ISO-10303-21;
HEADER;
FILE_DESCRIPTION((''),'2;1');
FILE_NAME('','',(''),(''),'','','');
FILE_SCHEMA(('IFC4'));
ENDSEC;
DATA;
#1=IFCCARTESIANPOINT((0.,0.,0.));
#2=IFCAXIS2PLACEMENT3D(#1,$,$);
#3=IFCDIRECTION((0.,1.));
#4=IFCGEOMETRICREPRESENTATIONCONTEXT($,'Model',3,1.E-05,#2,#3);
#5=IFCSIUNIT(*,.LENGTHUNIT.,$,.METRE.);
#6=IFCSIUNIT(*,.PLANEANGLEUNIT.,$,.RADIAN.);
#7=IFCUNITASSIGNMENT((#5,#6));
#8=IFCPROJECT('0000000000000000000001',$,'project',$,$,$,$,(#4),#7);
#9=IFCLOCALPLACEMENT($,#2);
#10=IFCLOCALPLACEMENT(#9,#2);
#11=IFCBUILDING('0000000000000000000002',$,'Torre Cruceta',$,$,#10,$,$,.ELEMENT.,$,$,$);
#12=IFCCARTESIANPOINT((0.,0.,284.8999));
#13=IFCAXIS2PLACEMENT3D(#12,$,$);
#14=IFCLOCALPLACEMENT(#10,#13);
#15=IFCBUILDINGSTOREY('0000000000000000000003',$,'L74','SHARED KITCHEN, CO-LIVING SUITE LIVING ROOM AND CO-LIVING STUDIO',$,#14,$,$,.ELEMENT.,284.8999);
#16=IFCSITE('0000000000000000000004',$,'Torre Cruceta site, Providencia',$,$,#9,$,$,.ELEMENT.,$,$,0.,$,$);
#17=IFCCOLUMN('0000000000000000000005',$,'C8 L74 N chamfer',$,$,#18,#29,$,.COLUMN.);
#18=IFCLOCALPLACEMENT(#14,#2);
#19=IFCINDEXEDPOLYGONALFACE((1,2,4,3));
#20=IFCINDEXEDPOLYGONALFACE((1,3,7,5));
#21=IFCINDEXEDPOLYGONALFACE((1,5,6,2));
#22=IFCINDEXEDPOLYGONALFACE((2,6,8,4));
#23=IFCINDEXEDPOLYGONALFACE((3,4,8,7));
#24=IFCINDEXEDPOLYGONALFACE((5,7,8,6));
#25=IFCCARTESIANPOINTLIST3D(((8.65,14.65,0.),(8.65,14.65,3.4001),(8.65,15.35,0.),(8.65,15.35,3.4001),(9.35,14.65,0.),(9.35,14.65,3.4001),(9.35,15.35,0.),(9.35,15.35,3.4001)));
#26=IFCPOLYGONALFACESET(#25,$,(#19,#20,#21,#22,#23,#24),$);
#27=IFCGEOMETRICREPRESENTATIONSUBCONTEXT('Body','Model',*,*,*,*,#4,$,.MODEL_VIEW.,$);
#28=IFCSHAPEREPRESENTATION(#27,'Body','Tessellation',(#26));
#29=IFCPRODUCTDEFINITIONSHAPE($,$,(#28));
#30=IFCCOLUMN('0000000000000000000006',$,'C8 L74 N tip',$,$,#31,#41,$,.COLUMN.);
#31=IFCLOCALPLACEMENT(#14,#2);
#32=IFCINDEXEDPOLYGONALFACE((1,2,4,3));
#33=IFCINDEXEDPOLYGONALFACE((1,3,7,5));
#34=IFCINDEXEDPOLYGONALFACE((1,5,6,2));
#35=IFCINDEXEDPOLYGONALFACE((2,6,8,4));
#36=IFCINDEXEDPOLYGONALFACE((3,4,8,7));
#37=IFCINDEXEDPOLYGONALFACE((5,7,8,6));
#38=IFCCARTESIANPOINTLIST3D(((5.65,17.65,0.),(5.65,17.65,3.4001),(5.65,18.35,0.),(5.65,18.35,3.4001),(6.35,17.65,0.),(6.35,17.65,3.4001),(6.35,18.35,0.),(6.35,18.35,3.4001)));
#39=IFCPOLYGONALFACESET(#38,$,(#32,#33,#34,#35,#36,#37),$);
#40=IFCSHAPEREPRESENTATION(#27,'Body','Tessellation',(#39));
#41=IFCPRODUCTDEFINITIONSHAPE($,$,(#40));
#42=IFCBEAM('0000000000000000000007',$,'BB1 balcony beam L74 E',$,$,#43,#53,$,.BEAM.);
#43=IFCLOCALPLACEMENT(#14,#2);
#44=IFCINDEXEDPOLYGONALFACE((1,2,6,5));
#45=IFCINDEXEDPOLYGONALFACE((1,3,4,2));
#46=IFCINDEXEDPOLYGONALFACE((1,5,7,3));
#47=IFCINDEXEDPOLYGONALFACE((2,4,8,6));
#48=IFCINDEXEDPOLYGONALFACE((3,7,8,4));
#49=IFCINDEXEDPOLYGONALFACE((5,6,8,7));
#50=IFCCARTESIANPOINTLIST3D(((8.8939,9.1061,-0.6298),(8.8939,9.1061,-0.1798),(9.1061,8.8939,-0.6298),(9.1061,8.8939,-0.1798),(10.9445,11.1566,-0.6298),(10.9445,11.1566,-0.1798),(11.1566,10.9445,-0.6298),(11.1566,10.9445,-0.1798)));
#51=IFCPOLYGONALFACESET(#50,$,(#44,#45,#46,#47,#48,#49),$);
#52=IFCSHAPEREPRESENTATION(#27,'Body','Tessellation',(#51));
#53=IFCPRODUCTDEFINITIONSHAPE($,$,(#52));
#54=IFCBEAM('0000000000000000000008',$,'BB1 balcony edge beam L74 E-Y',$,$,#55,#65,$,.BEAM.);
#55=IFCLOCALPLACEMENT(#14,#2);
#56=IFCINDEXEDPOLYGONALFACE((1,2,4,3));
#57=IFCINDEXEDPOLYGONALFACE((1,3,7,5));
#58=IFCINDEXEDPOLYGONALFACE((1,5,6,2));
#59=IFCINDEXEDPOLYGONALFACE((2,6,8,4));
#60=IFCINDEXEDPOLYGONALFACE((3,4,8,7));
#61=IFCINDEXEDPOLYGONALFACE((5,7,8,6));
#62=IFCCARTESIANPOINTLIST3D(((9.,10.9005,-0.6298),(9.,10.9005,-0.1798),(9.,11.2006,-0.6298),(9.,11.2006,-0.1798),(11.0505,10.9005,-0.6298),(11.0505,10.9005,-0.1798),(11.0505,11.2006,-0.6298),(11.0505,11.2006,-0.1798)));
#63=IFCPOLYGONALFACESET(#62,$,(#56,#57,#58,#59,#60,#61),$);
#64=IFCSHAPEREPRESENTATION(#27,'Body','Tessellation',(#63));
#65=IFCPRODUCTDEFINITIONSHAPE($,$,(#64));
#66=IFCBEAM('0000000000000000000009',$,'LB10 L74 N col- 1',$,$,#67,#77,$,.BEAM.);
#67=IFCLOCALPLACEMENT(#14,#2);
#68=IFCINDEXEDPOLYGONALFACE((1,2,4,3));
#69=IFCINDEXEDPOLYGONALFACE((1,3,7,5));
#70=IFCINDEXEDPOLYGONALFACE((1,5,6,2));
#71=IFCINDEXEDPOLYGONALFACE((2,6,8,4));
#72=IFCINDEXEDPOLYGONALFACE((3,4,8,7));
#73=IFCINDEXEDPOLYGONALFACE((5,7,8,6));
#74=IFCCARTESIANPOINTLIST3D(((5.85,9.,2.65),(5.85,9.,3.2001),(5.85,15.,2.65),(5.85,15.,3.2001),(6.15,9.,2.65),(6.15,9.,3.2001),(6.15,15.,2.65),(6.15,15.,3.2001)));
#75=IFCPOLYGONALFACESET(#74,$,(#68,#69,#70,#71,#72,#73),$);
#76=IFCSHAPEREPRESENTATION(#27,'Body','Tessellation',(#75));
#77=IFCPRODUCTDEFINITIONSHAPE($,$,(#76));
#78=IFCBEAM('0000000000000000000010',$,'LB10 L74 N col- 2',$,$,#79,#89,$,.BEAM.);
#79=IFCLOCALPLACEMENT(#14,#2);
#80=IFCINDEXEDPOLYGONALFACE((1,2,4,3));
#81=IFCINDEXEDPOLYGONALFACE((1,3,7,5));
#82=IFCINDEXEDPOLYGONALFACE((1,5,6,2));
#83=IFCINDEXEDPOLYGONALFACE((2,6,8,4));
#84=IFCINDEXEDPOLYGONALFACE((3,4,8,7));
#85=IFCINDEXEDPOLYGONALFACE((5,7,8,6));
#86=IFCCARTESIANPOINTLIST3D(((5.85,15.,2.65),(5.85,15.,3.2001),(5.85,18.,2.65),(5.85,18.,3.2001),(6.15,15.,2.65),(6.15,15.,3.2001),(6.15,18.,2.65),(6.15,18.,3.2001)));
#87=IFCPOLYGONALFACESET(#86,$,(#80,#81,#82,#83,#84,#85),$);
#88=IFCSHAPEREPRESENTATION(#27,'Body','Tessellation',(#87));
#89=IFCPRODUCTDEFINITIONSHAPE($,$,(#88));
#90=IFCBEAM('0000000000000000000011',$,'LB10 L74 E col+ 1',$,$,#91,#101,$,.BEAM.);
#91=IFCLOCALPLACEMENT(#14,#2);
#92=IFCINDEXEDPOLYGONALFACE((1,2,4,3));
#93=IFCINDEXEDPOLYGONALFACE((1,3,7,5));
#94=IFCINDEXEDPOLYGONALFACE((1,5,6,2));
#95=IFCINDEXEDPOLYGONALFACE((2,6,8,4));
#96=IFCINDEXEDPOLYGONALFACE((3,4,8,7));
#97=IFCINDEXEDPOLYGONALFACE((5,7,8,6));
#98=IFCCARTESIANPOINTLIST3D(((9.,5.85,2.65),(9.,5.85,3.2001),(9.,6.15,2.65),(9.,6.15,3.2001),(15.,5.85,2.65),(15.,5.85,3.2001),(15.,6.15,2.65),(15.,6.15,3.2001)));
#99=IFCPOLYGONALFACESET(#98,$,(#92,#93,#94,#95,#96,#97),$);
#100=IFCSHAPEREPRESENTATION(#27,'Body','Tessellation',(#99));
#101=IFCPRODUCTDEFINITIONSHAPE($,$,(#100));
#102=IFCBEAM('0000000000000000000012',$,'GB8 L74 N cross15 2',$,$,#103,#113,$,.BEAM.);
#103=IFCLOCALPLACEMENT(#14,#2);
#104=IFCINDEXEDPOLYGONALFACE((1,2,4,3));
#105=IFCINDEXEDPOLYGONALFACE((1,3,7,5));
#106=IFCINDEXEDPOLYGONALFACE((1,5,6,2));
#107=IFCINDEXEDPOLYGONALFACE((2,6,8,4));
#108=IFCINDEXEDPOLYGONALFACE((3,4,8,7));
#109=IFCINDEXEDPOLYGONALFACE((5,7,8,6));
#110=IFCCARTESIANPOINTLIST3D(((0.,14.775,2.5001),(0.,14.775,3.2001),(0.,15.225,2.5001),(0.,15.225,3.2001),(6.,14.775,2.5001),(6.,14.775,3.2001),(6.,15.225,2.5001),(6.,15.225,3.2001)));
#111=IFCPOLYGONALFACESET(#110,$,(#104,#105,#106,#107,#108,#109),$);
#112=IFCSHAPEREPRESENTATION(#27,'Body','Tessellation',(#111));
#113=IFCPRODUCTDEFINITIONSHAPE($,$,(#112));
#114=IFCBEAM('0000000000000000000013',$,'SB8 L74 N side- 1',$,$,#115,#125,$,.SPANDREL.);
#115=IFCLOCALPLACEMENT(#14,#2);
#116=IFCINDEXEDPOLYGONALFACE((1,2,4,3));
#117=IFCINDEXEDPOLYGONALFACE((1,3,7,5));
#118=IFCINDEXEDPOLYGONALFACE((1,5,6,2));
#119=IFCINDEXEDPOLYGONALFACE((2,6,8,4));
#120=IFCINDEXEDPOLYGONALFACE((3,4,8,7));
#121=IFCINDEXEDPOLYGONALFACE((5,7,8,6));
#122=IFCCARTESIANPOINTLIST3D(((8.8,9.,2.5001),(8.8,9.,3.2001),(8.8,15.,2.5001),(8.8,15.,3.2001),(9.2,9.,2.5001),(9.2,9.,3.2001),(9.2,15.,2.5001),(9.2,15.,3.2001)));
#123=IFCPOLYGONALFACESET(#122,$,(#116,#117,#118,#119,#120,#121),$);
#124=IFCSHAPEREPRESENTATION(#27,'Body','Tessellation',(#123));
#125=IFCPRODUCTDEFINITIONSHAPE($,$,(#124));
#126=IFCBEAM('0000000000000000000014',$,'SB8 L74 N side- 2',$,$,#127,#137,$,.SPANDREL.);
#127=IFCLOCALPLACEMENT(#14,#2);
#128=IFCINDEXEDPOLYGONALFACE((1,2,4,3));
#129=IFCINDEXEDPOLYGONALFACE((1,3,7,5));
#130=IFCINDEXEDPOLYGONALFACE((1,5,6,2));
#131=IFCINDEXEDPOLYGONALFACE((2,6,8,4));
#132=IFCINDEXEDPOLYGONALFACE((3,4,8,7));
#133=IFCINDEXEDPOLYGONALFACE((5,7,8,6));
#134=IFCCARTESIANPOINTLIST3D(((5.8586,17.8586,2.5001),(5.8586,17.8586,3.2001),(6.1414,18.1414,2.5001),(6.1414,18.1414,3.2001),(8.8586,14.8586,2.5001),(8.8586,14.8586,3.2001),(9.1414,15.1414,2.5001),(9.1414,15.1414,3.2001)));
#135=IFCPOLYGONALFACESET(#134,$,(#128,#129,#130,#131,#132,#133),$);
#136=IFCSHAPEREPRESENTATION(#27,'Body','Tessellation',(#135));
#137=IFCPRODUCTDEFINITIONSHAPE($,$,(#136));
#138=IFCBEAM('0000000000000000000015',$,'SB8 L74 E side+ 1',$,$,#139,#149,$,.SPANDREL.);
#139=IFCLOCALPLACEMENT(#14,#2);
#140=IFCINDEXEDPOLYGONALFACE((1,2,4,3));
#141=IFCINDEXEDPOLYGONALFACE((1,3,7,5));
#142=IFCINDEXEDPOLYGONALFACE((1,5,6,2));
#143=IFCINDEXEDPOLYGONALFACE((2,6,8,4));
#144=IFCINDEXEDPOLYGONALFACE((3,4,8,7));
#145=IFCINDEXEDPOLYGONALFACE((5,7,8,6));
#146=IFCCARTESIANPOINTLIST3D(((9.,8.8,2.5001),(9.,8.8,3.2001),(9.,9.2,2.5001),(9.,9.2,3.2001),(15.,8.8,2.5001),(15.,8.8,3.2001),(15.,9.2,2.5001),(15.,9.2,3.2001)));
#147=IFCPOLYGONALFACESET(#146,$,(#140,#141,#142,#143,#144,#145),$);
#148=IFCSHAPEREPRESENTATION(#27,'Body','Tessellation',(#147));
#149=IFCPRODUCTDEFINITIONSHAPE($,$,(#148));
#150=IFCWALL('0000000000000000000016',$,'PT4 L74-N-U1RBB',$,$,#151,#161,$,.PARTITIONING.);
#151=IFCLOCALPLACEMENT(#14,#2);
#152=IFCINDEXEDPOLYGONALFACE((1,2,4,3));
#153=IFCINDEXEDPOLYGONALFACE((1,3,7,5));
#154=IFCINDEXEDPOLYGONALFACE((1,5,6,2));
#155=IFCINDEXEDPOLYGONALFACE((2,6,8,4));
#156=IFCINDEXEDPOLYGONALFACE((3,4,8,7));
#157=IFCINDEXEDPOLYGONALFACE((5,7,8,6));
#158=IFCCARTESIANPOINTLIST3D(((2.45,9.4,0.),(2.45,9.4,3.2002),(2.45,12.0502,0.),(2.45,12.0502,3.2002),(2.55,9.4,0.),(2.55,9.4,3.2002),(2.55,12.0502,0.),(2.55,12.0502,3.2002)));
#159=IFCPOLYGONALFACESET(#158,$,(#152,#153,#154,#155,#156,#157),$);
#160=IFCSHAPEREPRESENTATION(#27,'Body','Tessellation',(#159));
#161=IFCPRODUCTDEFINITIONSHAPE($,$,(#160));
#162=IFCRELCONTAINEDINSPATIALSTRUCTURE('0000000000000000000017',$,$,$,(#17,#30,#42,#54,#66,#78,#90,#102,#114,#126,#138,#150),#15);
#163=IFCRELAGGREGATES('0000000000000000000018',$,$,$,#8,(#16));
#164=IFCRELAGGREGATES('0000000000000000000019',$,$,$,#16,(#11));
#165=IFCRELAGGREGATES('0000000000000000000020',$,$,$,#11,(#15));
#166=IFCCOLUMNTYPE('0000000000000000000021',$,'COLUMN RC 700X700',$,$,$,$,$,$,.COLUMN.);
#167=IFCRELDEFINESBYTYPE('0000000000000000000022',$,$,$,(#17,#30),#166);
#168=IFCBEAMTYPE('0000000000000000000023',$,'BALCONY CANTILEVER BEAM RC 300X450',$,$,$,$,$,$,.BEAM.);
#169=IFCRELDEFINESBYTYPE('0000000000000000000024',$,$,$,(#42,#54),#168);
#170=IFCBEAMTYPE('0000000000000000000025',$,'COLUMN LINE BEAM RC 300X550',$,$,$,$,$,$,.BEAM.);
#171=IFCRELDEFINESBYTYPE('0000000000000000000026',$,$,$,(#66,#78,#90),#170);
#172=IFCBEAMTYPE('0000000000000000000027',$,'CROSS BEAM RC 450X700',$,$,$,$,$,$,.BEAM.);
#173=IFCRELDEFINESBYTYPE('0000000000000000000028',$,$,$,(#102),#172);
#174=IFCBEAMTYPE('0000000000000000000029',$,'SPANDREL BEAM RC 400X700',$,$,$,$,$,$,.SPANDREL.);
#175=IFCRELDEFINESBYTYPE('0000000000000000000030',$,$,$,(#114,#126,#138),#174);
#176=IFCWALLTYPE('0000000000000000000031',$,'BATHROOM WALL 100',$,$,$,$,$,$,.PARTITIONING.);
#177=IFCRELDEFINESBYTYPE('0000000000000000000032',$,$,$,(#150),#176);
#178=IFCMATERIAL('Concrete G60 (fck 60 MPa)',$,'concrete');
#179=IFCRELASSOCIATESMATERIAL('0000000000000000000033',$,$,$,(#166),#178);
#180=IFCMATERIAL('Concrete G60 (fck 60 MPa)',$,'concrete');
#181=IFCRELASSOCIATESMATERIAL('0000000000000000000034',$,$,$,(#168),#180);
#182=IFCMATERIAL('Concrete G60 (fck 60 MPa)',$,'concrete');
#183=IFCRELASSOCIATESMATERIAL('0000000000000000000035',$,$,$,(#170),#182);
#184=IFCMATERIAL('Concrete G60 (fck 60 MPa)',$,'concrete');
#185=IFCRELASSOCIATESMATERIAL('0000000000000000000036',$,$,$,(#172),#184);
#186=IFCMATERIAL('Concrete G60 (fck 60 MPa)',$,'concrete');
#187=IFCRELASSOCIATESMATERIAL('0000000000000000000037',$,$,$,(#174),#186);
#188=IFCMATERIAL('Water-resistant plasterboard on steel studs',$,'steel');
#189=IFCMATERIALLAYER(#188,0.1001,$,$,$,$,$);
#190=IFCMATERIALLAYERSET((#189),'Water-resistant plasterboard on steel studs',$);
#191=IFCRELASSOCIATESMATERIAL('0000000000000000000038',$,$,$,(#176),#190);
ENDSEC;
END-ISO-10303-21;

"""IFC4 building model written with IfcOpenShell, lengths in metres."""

from ifc_helpers import new_model, si_unit, direction, frame, frame_2d, origin, origin_2d, place, context, subcontext, project, spatial, rectangle, extrude, material, layer, layer_set, material_profile, profile_set, type_object, element, save


model = new_model("IFC4")

# Units and contexts
model_context = context("Model", 3, precision=1e-05, world=origin(), true_north=direction((0.0, 1.0)))
body_context = subcontext(model_context, "Body", "Model", "MODEL_VIEW")
ifc_project = project(units=[si_unit("LENGTHUNIT", "METRE"), si_unit("PLANEANGLEUNIT", "RADIAN")], contexts=[model_context])

# Site, building, storey
site_placement = place(None, origin())
site = spatial("IfcSite", under=ifc_project, at=site_placement, Name="Torre Cruceta site, Providencia", CompositionType="ELEMENT", RefElevation=0.0)
building_placement = place(site_placement, origin())
building = spatial("IfcBuilding", under=site, at=building_placement, Name="Torre Cruceta", CompositionType="ELEMENT")
storey_placement = place(building_placement, frame((0.0, 0.0, 284.8999)))
storey = spatial("IfcBuildingStorey", under=building, at=storey_placement, Name="L74", Description="SHARED KITCHEN, CO-LIVING SUITE LIVING ROOM AND CO-LIVING STUDIO", CompositionType="ELEMENT", Elevation=284.8999)

# Columns
ifc_material_1 = material(Name="Concrete G60 (fck 60 MPa)", Category="concrete")
ifc_material_profile_1 = material_profile(ifc_material_1, rectangle(XDim=0.7, YDim=0.7, at=origin_2d()), Name="RC 700X700")
ifc_profile_set_1 = profile_set([ifc_material_profile_1], Name="Concrete G60 (fck 60 MPa)")
column_type = type_object("IfcColumnType", Name="COLUMN RC 700X700", PredefinedType="COLUMN", material=ifc_profile_set_1)
for number, where, z_axis, x_axis, name in (
    (1, (9.0, 15.0, 0.0), (0.0, 0.0, 1.0), (1.0, 0.0, 0.0), "C8 L74 N chamfer"),
    (2, (6.0, 18.0, 0.0), (0.0, 0.0, 1.0), (1.0, 0.0, 0.0), "C8 L74 N tip"),
):
    element("IfcColumn", number, at=place(storey_placement, frame(where, z_axis=z_axis, x_axis=x_axis)), inside=storey, type_object=column_type, Name=name, PredefinedType="COLUMN", context=body_context, shape_type="SweptSolid", body=[
        extrude(rectangle(XDim=0.7, YDim=0.7, at=origin_2d()), origin(), (0.0, 0.0, 1.0), 3.4001),
    ])

# Beams
ifc_material_2 = material(Name="Concrete G60 (fck 60 MPa)", Category="concrete")
ifc_material_profile_2 = material_profile(ifc_material_2, rectangle(XDim=0.3, YDim=0.45, at=origin_2d()), Name="RC 300X450")
ifc_profile_set_2 = profile_set([ifc_material_profile_2], Name="Concrete G60 (fck 60 MPa)")
beam_type_1 = type_object("IfcBeamType", Name="BALCONY CANTILEVER BEAM RC 300X450", PredefinedType="BEAM", material=ifc_profile_set_2)
beam_1_placement = place(storey_placement, frame((9.0, 9.0, -0.4048), z_axis=(0.707107, 0.707107, 0.0), x_axis=(-0.707107, 0.707107, 0.0)))
element("IfcBeam", 3, at=beam_1_placement, inside=storey, type_object=beam_type_1, Name="BB1 balcony beam L74 E", PredefinedType="BEAM", context=body_context, shape_type="SweptSolid", body=[
    extrude(rectangle(XDim=0.3, YDim=0.45, at=origin_2d()), origin(), (0.0, 0.0, 1.0), 2.8999),
])
beam_2_placement = place(storey_placement, frame((9.0, 11.0505, -0.4048), z_axis=(1.0, 0.0, 0.0), x_axis=(0.0, 1.0, 0.0)))
element("IfcBeam", 4, at=beam_2_placement, inside=storey, type_object=beam_type_1, Name="BB1 balcony edge beam L74 E-Y", PredefinedType="BEAM", context=body_context, shape_type="SweptSolid", body=[
    extrude(rectangle(XDim=0.3, YDim=0.45, at=origin_2d()), origin(), (0.0, 0.0, 1.0), 2.0505),
])
ifc_material_3 = material(Name="Concrete G60 (fck 60 MPa)", Category="concrete")
ifc_material_profile_3 = material_profile(ifc_material_3, rectangle(XDim=0.3, YDim=0.55, at=origin_2d()), Name="RC 300X550")
ifc_profile_set_3 = profile_set([ifc_material_profile_3], Name="Concrete G60 (fck 60 MPa)")
beam_type_2 = type_object("IfcBeamType", Name="COLUMN LINE BEAM RC 300X550", PredefinedType="BEAM", material=ifc_profile_set_3)
beam_3_placement = place(storey_placement, frame((6.0, 9.0, 2.925), z_axis=(0.0, 1.0, 0.0), x_axis=(-1.0, 0.0, 0.0)))
element("IfcBeam", 5, at=beam_3_placement, inside=storey, type_object=beam_type_2, Name="LB10 L74 N col- 1", PredefinedType="BEAM", context=body_context, shape_type="SweptSolid", body=[
    extrude(rectangle(XDim=0.3, YDim=0.55, at=origin_2d()), origin(), (0.0, 0.0, 1.0), 6.0),
])
beam_4_placement = place(storey_placement, frame((6.0, 15.0, 2.925), z_axis=(0.0, 1.0, 0.0), x_axis=(-1.0, 0.0, 0.0)))
element("IfcBeam", 6, at=beam_4_placement, inside=storey, type_object=beam_type_2, Name="LB10 L74 N col- 2", PredefinedType="BEAM", context=body_context, shape_type="SweptSolid", body=[
    extrude(rectangle(XDim=0.3, YDim=0.55, at=origin_2d()), origin(), (0.0, 0.0, 1.0), 3.0),
])
beam_5_placement = place(storey_placement, frame((9.0, 6.0, 2.925), z_axis=(1.0, 0.0, 0.0), x_axis=(0.0, 1.0, 0.0)))
element("IfcBeam", 7, at=beam_5_placement, inside=storey, type_object=beam_type_2, Name="LB10 L74 E col+ 1", PredefinedType="BEAM", context=body_context, shape_type="SweptSolid", body=[
    extrude(rectangle(XDim=0.3, YDim=0.55, at=origin_2d()), origin(), (0.0, 0.0, 1.0), 6.0),
])
ifc_material_4 = material(Name="Concrete G60 (fck 60 MPa)", Category="concrete")
ifc_material_profile_4 = material_profile(ifc_material_4, rectangle(XDim=0.45, YDim=0.7, at=origin_2d()), Name="RC 450X700")
ifc_profile_set_4 = profile_set([ifc_material_profile_4], Name="Concrete G60 (fck 60 MPa)")
beam_type_3 = type_object("IfcBeamType", Name="CROSS BEAM RC 450X700", PredefinedType="BEAM", material=ifc_profile_set_4)
beam_6_placement = place(storey_placement, frame((6.0, 15.0, 2.8501), z_axis=(-1.0, 0.0, 0.0), x_axis=(0.0, -1.0, 0.0)))
element("IfcBeam", 8, at=beam_6_placement, inside=storey, type_object=beam_type_3, Name="GB8 L74 N cross15 2", PredefinedType="BEAM", context=body_context, shape_type="SweptSolid", body=[
    extrude(rectangle(XDim=0.45, YDim=0.7, at=origin_2d()), origin(), (0.0, 0.0, 1.0), 6.0),
])
ifc_material_5 = material(Name="Concrete G60 (fck 60 MPa)", Category="concrete")
ifc_material_profile_5 = material_profile(ifc_material_5, rectangle(XDim=0.3999, YDim=0.7, at=origin_2d()), Name="RC 400X700")
ifc_profile_set_5 = profile_set([ifc_material_profile_5], Name="Concrete G60 (fck 60 MPa)")
beam_type_4 = type_object("IfcBeamType", Name="SPANDREL BEAM RC 400X700", PredefinedType="SPANDREL", material=ifc_profile_set_5)
beam_7_placement = place(storey_placement, frame((9.0, 9.0, 2.8501), z_axis=(0.0, 1.0, 0.0), x_axis=(-1.0, 0.0, 0.0)))
element("IfcBeam", 9, at=beam_7_placement, inside=storey, type_object=beam_type_4, Name="SB8 L74 N side- 1", PredefinedType="SPANDREL", context=body_context, shape_type="SweptSolid", body=[
    extrude(rectangle(XDim=0.3999, YDim=0.7, at=origin_2d()), origin(), (0.0, 0.0, 1.0), 6.0),
])
beam_8_placement = place(storey_placement, frame((9.0, 15.0, 2.8501), z_axis=(-0.707107, 0.707107, 0.0), x_axis=(-0.707107, -0.707107, 0.0)))
element("IfcBeam", 10, at=beam_8_placement, inside=storey, type_object=beam_type_4, Name="SB8 L74 N side- 2", PredefinedType="SPANDREL", context=body_context, shape_type="SweptSolid", body=[
    extrude(rectangle(XDim=0.3999, YDim=0.7, at=origin_2d()), origin(), (0.0, 0.0, 1.0), 4.2427),
])
beam_9_placement = place(storey_placement, frame((9.0, 9.0, 2.8501), z_axis=(1.0, 0.0, 0.0), x_axis=(0.0, 1.0, 0.0)))
element("IfcBeam", 11, at=beam_9_placement, inside=storey, type_object=beam_type_4, Name="SB8 L74 E side+ 1", PredefinedType="SPANDREL", context=body_context, shape_type="SweptSolid", body=[
    extrude(rectangle(XDim=0.3999, YDim=0.7, at=origin_2d()), origin(), (0.0, 0.0, 1.0), 6.0),
])

# Wall
ifc_material_6 = material(Name="Water-resistant plasterboard on steel studs", Category="steel")
ifc_layer_1 = layer(ifc_material_6, 0.1001)
ifc_layer_set_1 = layer_set([ifc_layer_1], Name="Water-resistant plasterboard on steel studs")
wall_type_1 = type_object("IfcWallType", Name="BATHROOM WALL 100", PredefinedType="PARTITIONING", material=ifc_layer_set_1)
wall_1_placement = place(storey_placement, frame((2.5, 9.3999, 0.0), z_axis=(0.0, 0.0, 1.0), x_axis=(0.0, 1.0, 0.0)))
element("IfcWall", 12, at=wall_1_placement, inside=storey, type_object=wall_type_1, Name="PT4 L74-N-U1RBB", PredefinedType="PARTITIONING", context=body_context, shape_type="SweptSolid", body=[
    extrude(rectangle(XDim=2.6501, YDim=0.1001, at=frame_2d((1.3252, 0.0))), origin(), (0.0, 0.0, 1.0), 3.2002),
])

save(model, "model.ifc")
